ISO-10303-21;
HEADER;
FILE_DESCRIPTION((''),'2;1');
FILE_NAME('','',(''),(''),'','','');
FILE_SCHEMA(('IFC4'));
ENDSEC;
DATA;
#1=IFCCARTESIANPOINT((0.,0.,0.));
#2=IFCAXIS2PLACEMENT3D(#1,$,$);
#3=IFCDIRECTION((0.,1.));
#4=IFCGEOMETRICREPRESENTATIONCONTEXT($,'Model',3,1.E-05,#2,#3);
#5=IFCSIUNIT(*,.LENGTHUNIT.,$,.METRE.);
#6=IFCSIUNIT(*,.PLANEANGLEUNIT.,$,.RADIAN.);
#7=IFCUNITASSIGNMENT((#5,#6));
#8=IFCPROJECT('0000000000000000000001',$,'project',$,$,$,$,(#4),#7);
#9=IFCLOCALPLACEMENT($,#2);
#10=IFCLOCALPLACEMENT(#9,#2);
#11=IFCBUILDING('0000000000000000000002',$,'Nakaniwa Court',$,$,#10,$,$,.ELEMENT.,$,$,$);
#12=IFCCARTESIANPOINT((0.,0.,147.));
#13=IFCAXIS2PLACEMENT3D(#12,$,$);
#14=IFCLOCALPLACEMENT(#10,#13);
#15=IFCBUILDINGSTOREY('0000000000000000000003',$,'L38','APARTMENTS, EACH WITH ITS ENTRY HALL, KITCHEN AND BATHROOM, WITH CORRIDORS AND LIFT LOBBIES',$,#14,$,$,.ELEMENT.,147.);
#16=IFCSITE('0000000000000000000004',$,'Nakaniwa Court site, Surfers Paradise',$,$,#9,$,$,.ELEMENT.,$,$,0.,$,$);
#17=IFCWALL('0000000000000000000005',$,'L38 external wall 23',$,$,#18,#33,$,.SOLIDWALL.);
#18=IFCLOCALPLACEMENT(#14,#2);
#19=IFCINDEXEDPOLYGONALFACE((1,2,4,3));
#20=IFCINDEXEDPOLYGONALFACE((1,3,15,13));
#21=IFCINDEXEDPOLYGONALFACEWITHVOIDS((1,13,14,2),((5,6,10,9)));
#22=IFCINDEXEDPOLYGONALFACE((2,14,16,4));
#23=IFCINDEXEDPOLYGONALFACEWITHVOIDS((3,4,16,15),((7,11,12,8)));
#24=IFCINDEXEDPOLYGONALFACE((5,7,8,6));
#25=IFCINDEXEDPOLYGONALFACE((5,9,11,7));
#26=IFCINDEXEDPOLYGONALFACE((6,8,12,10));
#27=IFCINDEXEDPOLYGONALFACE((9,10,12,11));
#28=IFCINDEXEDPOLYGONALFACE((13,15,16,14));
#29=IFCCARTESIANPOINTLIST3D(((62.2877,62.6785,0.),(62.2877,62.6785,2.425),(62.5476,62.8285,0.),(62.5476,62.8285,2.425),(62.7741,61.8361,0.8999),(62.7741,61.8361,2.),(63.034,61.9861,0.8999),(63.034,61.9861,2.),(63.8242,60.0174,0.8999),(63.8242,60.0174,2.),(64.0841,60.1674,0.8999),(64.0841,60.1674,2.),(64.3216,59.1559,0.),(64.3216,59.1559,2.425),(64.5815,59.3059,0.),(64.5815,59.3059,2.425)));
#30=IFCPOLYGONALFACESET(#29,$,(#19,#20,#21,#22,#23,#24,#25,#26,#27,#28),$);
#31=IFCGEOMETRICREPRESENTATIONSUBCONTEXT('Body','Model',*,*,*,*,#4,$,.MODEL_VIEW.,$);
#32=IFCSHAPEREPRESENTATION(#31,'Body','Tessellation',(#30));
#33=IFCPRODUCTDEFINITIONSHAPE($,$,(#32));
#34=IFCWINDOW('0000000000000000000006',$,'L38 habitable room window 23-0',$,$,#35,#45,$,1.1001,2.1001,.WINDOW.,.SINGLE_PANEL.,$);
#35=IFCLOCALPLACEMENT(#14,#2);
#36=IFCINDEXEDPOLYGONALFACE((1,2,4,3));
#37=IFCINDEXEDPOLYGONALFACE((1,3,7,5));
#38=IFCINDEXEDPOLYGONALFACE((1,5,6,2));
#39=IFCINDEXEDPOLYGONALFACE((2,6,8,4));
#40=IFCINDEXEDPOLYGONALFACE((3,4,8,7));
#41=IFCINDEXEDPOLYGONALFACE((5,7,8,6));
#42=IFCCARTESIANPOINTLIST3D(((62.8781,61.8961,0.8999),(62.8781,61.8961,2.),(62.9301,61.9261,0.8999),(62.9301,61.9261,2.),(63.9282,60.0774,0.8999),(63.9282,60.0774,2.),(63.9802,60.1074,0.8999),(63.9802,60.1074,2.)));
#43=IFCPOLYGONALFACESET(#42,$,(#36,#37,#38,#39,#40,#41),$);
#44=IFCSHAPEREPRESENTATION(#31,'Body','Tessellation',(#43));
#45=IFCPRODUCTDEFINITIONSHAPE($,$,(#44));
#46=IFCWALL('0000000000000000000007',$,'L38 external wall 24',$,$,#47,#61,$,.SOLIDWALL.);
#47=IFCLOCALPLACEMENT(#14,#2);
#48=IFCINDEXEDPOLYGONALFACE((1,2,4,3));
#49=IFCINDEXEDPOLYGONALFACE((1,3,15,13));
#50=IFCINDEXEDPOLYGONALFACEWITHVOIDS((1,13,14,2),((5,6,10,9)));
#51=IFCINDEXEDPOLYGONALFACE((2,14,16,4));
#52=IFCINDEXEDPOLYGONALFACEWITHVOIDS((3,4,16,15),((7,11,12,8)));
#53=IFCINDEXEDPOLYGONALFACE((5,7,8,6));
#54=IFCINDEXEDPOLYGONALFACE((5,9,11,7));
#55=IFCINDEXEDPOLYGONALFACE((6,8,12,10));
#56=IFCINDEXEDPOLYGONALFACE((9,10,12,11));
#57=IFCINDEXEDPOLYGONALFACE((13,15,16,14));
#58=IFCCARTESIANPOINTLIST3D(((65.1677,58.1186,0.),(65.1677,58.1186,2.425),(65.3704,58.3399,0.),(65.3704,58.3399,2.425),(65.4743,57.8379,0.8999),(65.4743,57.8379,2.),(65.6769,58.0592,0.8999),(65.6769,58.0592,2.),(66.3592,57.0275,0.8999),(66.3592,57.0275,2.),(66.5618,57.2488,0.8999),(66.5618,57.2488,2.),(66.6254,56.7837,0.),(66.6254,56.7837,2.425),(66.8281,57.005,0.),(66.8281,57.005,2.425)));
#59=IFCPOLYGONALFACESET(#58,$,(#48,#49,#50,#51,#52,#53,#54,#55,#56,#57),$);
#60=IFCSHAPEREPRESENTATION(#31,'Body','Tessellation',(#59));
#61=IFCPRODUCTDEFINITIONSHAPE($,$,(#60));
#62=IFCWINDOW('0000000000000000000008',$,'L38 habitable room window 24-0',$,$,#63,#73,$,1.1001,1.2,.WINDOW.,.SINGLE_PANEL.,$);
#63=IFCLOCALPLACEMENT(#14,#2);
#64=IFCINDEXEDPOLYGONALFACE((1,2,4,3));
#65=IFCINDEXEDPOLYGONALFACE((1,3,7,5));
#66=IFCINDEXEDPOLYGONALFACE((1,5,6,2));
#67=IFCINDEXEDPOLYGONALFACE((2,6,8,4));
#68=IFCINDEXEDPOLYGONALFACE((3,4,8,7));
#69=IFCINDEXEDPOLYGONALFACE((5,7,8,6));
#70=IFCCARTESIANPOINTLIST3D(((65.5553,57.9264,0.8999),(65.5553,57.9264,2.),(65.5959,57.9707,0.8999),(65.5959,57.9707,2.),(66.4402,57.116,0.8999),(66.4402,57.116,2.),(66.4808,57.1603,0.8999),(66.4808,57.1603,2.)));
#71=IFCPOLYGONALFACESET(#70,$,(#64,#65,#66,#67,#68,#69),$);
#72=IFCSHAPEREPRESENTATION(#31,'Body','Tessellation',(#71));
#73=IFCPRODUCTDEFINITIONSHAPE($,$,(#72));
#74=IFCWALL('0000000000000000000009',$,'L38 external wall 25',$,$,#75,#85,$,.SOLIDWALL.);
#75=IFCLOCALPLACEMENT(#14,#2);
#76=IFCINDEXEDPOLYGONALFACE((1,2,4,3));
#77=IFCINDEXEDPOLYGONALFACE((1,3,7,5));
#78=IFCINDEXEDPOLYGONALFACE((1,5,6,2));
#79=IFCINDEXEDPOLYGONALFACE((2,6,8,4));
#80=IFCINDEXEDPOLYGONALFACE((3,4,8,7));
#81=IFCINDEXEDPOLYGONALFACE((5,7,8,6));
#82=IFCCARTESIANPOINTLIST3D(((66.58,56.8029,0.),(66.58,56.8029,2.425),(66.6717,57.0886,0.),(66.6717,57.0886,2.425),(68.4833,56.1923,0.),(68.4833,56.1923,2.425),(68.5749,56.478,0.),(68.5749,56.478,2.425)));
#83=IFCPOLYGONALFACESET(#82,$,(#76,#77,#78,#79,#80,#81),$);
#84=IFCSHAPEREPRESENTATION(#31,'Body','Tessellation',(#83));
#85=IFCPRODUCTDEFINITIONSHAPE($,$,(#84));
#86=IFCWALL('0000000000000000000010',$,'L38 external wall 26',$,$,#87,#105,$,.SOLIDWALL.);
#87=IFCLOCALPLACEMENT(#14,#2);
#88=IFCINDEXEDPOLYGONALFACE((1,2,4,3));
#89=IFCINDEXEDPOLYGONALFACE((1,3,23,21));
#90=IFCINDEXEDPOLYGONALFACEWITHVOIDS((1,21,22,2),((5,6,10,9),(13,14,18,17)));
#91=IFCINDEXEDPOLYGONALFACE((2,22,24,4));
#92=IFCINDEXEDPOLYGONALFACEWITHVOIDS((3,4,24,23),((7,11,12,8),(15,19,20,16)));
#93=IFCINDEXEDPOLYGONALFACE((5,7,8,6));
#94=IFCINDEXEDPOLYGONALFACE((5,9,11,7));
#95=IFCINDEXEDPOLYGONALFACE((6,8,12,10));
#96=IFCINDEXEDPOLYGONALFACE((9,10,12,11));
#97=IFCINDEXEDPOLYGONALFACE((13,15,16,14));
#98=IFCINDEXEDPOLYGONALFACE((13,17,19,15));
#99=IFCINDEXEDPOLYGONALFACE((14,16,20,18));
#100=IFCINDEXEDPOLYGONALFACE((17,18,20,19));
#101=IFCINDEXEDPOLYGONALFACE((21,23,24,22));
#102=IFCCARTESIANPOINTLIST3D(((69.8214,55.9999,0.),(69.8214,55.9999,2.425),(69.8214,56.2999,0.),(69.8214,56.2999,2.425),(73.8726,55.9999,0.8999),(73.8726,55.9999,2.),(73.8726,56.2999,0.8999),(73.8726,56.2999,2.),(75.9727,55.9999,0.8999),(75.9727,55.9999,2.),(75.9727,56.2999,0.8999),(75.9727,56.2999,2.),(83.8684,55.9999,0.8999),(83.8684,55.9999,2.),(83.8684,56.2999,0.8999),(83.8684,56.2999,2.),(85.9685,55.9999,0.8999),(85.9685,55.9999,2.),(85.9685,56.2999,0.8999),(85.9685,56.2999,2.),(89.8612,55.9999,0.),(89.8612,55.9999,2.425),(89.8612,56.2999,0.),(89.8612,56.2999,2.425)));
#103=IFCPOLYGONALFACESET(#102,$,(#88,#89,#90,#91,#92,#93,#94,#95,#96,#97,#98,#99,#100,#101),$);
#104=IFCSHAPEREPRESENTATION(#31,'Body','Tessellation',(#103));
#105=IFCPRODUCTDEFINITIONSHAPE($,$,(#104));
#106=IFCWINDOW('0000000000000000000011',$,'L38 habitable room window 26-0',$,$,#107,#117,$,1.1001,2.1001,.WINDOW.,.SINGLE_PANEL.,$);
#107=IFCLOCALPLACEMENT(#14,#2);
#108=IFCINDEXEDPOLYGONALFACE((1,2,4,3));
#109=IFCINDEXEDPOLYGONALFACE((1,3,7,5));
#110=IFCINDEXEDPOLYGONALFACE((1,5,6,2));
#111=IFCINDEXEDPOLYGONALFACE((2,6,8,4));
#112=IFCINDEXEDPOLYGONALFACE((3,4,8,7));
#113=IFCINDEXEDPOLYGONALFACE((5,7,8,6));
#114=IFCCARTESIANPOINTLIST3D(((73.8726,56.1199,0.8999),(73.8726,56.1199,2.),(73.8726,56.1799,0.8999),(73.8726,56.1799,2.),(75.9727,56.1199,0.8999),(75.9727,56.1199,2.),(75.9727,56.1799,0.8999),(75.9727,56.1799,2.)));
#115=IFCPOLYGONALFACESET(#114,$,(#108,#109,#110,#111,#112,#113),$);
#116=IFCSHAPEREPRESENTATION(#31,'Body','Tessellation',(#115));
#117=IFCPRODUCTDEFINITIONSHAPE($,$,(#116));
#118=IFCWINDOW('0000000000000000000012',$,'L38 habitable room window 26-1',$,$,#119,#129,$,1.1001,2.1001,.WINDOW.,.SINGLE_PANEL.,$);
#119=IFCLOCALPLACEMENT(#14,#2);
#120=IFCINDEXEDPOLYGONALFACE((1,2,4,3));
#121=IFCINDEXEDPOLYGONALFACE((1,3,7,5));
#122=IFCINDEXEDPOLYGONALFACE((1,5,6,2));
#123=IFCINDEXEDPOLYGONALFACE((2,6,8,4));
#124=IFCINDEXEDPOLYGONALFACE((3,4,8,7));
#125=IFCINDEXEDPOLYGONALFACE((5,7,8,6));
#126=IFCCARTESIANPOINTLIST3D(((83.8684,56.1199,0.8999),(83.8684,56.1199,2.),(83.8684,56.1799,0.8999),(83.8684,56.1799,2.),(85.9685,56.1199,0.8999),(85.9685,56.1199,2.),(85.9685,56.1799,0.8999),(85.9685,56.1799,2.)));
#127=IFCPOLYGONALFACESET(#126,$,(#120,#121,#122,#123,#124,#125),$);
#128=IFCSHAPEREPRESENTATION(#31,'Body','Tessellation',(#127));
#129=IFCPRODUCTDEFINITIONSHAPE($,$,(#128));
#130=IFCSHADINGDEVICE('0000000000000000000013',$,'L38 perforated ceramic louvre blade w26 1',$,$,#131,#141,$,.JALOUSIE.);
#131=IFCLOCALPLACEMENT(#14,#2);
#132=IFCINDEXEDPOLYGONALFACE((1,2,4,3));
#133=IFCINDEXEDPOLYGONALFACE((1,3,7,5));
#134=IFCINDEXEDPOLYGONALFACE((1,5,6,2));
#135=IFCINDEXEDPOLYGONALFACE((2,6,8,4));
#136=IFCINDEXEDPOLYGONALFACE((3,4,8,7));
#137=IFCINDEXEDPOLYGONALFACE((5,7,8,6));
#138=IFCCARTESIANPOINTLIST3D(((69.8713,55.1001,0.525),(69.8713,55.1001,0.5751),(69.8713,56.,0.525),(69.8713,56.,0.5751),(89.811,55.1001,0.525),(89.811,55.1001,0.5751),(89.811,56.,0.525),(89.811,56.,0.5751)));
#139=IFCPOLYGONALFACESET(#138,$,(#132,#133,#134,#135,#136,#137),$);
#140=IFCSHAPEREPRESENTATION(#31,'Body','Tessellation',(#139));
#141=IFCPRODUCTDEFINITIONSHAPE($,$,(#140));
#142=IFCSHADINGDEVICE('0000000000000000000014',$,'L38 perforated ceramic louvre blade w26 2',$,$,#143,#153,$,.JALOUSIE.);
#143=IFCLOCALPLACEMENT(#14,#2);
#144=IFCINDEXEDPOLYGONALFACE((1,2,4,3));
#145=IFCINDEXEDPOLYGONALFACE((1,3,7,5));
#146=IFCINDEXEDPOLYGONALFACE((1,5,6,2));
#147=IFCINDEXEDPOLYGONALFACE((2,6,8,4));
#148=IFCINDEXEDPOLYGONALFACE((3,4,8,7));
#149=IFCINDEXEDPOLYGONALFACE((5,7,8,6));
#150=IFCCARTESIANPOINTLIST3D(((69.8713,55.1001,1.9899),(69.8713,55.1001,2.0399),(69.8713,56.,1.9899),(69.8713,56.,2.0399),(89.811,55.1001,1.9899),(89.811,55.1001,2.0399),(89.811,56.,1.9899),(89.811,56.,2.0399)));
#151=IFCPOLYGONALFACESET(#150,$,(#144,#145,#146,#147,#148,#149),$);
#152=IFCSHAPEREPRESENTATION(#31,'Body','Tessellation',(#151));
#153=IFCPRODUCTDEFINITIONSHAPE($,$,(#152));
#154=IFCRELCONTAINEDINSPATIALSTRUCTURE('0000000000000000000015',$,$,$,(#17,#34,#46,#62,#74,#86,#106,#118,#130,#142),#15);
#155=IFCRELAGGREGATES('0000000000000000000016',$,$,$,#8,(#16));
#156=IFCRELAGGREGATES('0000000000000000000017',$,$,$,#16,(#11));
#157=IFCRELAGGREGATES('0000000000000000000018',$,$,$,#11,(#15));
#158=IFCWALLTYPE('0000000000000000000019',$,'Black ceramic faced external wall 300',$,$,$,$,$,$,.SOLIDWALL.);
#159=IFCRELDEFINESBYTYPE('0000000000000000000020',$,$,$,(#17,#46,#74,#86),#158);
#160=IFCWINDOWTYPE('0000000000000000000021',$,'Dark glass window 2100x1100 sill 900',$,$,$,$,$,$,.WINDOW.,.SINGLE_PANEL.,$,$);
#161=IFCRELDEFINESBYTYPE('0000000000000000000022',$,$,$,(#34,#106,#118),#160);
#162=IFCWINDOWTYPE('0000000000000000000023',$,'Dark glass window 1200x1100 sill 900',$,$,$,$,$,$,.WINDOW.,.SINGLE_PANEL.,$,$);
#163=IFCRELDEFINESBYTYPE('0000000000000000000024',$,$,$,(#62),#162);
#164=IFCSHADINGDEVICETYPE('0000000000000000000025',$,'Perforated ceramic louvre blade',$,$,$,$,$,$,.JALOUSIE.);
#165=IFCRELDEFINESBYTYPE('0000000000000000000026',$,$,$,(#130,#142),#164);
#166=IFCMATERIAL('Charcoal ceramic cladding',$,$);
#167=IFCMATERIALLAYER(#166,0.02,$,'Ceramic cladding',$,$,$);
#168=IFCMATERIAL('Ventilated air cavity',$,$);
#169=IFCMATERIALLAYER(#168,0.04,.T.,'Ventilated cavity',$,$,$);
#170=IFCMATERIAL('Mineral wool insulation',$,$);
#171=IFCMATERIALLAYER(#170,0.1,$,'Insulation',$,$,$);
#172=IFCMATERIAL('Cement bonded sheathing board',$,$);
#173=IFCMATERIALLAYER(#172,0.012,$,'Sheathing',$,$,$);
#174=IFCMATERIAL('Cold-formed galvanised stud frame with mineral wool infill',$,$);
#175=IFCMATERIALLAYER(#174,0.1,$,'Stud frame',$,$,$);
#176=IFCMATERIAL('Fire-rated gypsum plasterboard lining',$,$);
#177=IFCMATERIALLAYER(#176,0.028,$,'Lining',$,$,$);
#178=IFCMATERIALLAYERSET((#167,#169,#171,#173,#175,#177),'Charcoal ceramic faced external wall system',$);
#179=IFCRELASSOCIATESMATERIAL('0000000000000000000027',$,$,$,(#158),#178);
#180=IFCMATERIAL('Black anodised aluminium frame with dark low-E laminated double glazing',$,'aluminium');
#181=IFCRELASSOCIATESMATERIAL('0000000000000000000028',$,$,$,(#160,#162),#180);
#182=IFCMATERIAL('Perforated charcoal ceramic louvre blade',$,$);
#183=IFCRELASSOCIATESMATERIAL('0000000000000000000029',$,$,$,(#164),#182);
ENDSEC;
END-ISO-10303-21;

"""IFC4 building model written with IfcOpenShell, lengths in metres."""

from ifc_helpers import new_model, si_unit, direction, frame, frame_2d, origin, origin_2d, place, context, subcontext, project, spatial, rectangle, extrude, material, layer, layer_set, material_profile, profile_set, type_object, element, fill, save


model = new_model("IFC4")

# Units and contexts
model_context = context("Model", 3, precision=1e-05, world=origin(), true_north=direction((0.0, 1.0)))
body_context = subcontext(model_context, "Body", "Model", "MODEL_VIEW")
ifc_project = project(units=[si_unit("LENGTHUNIT", "METRE"), si_unit("PLANEANGLEUNIT", "RADIAN")], contexts=[model_context])

# Site, building, storey
site_placement = place(None, origin())
site = spatial("IfcSite", under=ifc_project, at=site_placement, Name="Nakaniwa Court site, Surfers Paradise", CompositionType="ELEMENT", RefElevation=0.0)
building_placement = place(site_placement, origin())
building = spatial("IfcBuilding", under=site, at=building_placement, Name="Nakaniwa Court", CompositionType="ELEMENT")
storey_placement = place(building_placement, frame((0.0, 0.0, 147.0)))
storey = spatial("IfcBuildingStorey", under=building, at=storey_placement, Name="L38", Description="APARTMENTS, EACH WITH ITS ENTRY HALL, KITCHEN AND BATHROOM, WITH CORRIDORS AND LIFT LOBBIES", CompositionType="ELEMENT", Elevation=147.0)

# Walls, openings, windows
ifc_material_1 = material(Name="Charcoal ceramic cladding")
ifc_layer_1 = layer(ifc_material_1, 0.02, Name="Ceramic cladding")
ifc_material_2 = material(Name="Ventilated air cavity")
ifc_layer_2 = layer(ifc_material_2, 0.04, ventilated=True, Name="Ventilated cavity")
ifc_material_3 = material(Name="Mineral wool insulation")
ifc_layer_3 = layer(ifc_material_3, 0.1, Name="Insulation")
ifc_material_4 = material(Name="Cement bonded sheathing board")
ifc_layer_4 = layer(ifc_material_4, 0.012, Name="Sheathing")
ifc_material_5 = material(Name="Cold-formed galvanised stud frame with mineral wool infill")
ifc_layer_5 = layer(ifc_material_5, 0.1, Name="Stud frame")
ifc_material_6 = material(Name="Fire-rated gypsum plasterboard lining")
ifc_layer_6 = layer(ifc_material_6, 0.028, Name="Lining")
ifc_layer_set_1 = layer_set([ifc_layer_1, ifc_layer_2, ifc_layer_3, ifc_layer_4, ifc_layer_5, ifc_layer_6], Name="Charcoal ceramic faced external wall system")
wall_type_1 = type_object("IfcWallType", Name="Black ceramic faced external wall 300", PredefinedType="SOLIDWALL", material=ifc_layer_set_1)
wall_1_placement = place(storey_placement, frame((62.4177, 62.7534, 0.0), z_axis=(0.0, 0.0, 1.0), x_axis=(0.500019, -0.866015, 0.0)))
wall_1 = element("IfcWall", 1, at=wall_1_placement, inside=storey, type_object=wall_type_1, Name="L38 external wall 23", PredefinedType="SOLIDWALL", context=body_context, shape_type="SweptSolid", body=[
    extrude(rectangle(XDim=4.0676, YDim=0.3, at=frame_2d((2.0337, 0.0))), origin(), (0.0, 0.0, 1.0), 2.425),
])
opening_1_placement = place(wall_1_placement, frame((0.9727, 0.0, 0.8999)))
opening_1 = element("IfcOpeningElement", 2, at=opening_1_placement, cuts=wall_1, PredefinedType="OPENING", context=body_context, shape_type="SweptSolid", body=[
    extrude(rectangle(XDim=2.1001, YDim=1.1001, at=frame_2d((1.05, 0.55))), frame((0.0, 0.1599, 0.0), z_axis=(0.0, -1.0, 0.0), x_axis=(1.0, 0.0, 0.0)), (0.0, 0.0, 1.0), 0.3201),
])
ifc_material_7 = material(Name="Black anodised aluminium frame with dark low-E laminated double glazing", Category="aluminium")
window_type_1 = type_object("IfcWindowType", Name="Dark glass window 2100x1100 sill 900", PartitioningType="SINGLE_PANEL", PredefinedType="WINDOW", material=ifc_material_7)
window_1_placement = place(opening_1_placement, origin())
window_1 = element("IfcWindow", 3, at=window_1_placement, inside=storey, type_object=window_type_1, Name="L38 habitable room window 23-0", OverallHeight=1.1001, OverallWidth=2.1001, PartitioningType="SINGLE_PANEL", PredefinedType="WINDOW", context=body_context, shape_type="SweptSolid", body=[
    extrude(rectangle(XDim=2.1001, YDim=1.1001, at=frame_2d((1.05, 0.55))), frame((0.0, 0.03, 0.0), z_axis=(0.0, -1.0, 0.0), x_axis=(1.0, 0.0, 0.0)), (0.0, 0.0, 1.0), 0.0601),
])
fill(opening_1, window_1)
wall_2_placement = place(storey_placement, frame((65.269, 58.2292, 0.0), z_axis=(0.0, 0.0, 1.0), x_axis=(0.737487, -0.675361, 0.0)))
wall_2 = element("IfcWall", 4, at=wall_2_placement, inside=storey, type_object=wall_type_1, Name="L38 external wall 24", PredefinedType="SOLIDWALL", context=body_context, shape_type="SweptSolid", body=[
    extrude(rectangle(XDim=1.9766, YDim=0.3, at=frame_2d((0.9883, 0.0))), origin(), (0.0, 0.0, 1.0), 2.425),
])
opening_2_placement = place(wall_2_placement, frame((0.4155, 0.0, 0.8999)))
opening_2 = element("IfcOpeningElement", 5, at=opening_2_placement, cuts=wall_2, PredefinedType="OPENING", context=body_context, shape_type="SweptSolid", body=[
    extrude(rectangle(XDim=1.2, YDim=1.1001, at=frame_2d((0.6001, 0.55))), frame((0.0, 0.1599, 0.0), z_axis=(0.0, -1.0, 0.0), x_axis=(1.0, 0.0, 0.0)), (0.0, 0.0, 1.0), 0.3201),
])
window_type_2 = type_object("IfcWindowType", Name="Dark glass window 1200x1100 sill 900", PartitioningType="SINGLE_PANEL", PredefinedType="WINDOW", material=ifc_material_7)
window_2_placement = place(opening_2_placement, origin())
window_2 = element("IfcWindow", 6, at=window_2_placement, inside=storey, type_object=window_type_2, Name="L38 habitable room window 24-0", OverallHeight=1.1001, OverallWidth=1.2, PartitioningType="SINGLE_PANEL", PredefinedType="WINDOW", context=body_context, shape_type="SweptSolid", body=[
    extrude(rectangle(XDim=1.2, YDim=1.1001, at=frame_2d((0.6001, 0.55))), frame((0.0, 0.03, 0.0), z_axis=(0.0, -1.0, 0.0), x_axis=(1.0, 0.0, 0.0)), (0.0, 0.0, 1.0), 0.0601),
])
fill(opening_2, window_2)

# Wall
wall_3_placement = place(storey_placement, frame((66.6257, 56.9458, 0.0), z_axis=(0.0, 0.0, 1.0), x_axis=(0.952201, -0.305471, 0.0)))
element("IfcWall", 7, at=wall_3_placement, inside=storey, type_object=wall_type_1, Name="L38 external wall 25", PredefinedType="SOLIDWALL", context=body_context, shape_type="SweptSolid", body=[
    extrude(rectangle(XDim=1.9988, YDim=0.3, at=frame_2d((0.9995, 0.0))), origin(), (0.0, 0.0, 1.0), 2.425),
])

# Wall, openings, windows
wall_4_placement = place(storey_placement, frame((69.8213, 56.1499, 0.0), z_axis=(0.0, 0.0, 1.0), x_axis=(1.0, 0.0, 0.0)))
wall_4 = element("IfcWall", 8, at=wall_4_placement, inside=storey, type_object=wall_type_1, Name="L38 external wall 26", PredefinedType="SOLIDWALL", context=body_context, shape_type="SweptSolid", body=[
    extrude(rectangle(XDim=20.0398, YDim=0.3, at=frame_2d((10.02, 0.0))), origin(), (0.0, 0.0, 1.0), 2.425),
])
opening_3_placement = place(wall_4_placement, frame((4.0513, 0.0, 0.8999)))
opening_3 = element("IfcOpeningElement", 9, at=opening_3_placement, cuts=wall_4, PredefinedType="OPENING", context=body_context, shape_type="SweptSolid", body=[
    extrude(rectangle(XDim=2.1001, YDim=1.1001, at=frame_2d((1.05, 0.55))), frame((0.0, 0.1599, 0.0), z_axis=(0.0, -1.0, 0.0), x_axis=(1.0, 0.0, 0.0)), (0.0, 0.0, 1.0), 0.3201),
])
opening_4_placement = place(wall_4_placement, frame((14.0471, 0.0, 0.8999)))
opening_4 = element("IfcOpeningElement", 10, at=opening_4_placement, cuts=wall_4, PredefinedType="OPENING", context=body_context, shape_type="SweptSolid", body=[
    extrude(rectangle(XDim=2.1001, YDim=1.1001, at=frame_2d((1.05, 0.55))), frame((0.0, 0.1599, 0.0), z_axis=(0.0, -1.0, 0.0), x_axis=(1.0, 0.0, 0.0)), (0.0, 0.0, 1.0), 0.3201),
])
window_3_placement = place(opening_3_placement, origin())
window_3 = element("IfcWindow", 11, at=window_3_placement, inside=storey, type_object=window_type_1, Name="L38 habitable room window 26-0", OverallHeight=1.1001, OverallWidth=2.1001, PartitioningType="SINGLE_PANEL", PredefinedType="WINDOW", context=body_context, shape_type="SweptSolid", body=[
    extrude(rectangle(XDim=2.1001, YDim=1.1001, at=frame_2d((1.05, 0.55))), frame((0.0, 0.03, 0.0), z_axis=(0.0, -1.0, 0.0), x_axis=(1.0, 0.0, 0.0)), (0.0, 0.0, 1.0), 0.0601),
])
fill(opening_3, window_3)
window_4_placement = place(opening_4_placement, origin())
window_4 = element("IfcWindow", 12, at=window_4_placement, inside=storey, type_object=window_type_1, Name="L38 habitable room window 26-1", OverallHeight=1.1001, OverallWidth=2.1001, PartitioningType="SINGLE_PANEL", PredefinedType="WINDOW", context=body_context, shape_type="SweptSolid", body=[
    extrude(rectangle(XDim=2.1001, YDim=1.1001, at=frame_2d((1.05, 0.55))), frame((0.0, 0.03, 0.0), z_axis=(0.0, -1.0, 0.0), x_axis=(1.0, 0.0, 0.0)), (0.0, 0.0, 1.0), 0.0601),
])
fill(opening_4, window_4)

# Shading devices
ifc_material_8 = material(Name="Perforated charcoal ceramic louvre blade")
ifc_material_profile_1 = material_profile(ifc_material_8, rectangle(XDim=0.8999, YDim=0.05, at=origin_2d()), Name="Perforated ceramic louvre blade")
ifc_profile_set_1 = profile_set([ifc_material_profile_1], Name="Perforated charcoal ceramic louvre blade")
shading_device_type = type_object("IfcShadingDeviceType", Name="Perforated ceramic louvre blade", PredefinedType="JALOUSIE", material=ifc_profile_set_1)
for number, where, z_axis, x_axis, name in (
    (13, (69.8713, 55.55, 0.55), (1.0, 0.0, 0.0), (0.0, 1.0, 0.0), "L38 perforated ceramic louvre blade w26 1"),
    (14, (69.8713, 55.55, 2.0149), (1.0, 0.0, 0.0), (0.0, 1.0, 0.0), "L38 perforated ceramic louvre blade w26 2"),
):
    element("IfcShadingDevice", number, at=place(storey_placement, frame(where, z_axis=z_axis, x_axis=x_axis)), inside=storey, type_object=shading_device_type, Name=name, PredefinedType="JALOUSIE", context=body_context, shape_type="SweptSolid", body=[
        extrude(rectangle(XDim=0.8999, YDim=0.05, at=origin_2d()), origin(), (0.0, 0.0, 1.0), 19.9397),
    ])

save(model, "model.ifc")
